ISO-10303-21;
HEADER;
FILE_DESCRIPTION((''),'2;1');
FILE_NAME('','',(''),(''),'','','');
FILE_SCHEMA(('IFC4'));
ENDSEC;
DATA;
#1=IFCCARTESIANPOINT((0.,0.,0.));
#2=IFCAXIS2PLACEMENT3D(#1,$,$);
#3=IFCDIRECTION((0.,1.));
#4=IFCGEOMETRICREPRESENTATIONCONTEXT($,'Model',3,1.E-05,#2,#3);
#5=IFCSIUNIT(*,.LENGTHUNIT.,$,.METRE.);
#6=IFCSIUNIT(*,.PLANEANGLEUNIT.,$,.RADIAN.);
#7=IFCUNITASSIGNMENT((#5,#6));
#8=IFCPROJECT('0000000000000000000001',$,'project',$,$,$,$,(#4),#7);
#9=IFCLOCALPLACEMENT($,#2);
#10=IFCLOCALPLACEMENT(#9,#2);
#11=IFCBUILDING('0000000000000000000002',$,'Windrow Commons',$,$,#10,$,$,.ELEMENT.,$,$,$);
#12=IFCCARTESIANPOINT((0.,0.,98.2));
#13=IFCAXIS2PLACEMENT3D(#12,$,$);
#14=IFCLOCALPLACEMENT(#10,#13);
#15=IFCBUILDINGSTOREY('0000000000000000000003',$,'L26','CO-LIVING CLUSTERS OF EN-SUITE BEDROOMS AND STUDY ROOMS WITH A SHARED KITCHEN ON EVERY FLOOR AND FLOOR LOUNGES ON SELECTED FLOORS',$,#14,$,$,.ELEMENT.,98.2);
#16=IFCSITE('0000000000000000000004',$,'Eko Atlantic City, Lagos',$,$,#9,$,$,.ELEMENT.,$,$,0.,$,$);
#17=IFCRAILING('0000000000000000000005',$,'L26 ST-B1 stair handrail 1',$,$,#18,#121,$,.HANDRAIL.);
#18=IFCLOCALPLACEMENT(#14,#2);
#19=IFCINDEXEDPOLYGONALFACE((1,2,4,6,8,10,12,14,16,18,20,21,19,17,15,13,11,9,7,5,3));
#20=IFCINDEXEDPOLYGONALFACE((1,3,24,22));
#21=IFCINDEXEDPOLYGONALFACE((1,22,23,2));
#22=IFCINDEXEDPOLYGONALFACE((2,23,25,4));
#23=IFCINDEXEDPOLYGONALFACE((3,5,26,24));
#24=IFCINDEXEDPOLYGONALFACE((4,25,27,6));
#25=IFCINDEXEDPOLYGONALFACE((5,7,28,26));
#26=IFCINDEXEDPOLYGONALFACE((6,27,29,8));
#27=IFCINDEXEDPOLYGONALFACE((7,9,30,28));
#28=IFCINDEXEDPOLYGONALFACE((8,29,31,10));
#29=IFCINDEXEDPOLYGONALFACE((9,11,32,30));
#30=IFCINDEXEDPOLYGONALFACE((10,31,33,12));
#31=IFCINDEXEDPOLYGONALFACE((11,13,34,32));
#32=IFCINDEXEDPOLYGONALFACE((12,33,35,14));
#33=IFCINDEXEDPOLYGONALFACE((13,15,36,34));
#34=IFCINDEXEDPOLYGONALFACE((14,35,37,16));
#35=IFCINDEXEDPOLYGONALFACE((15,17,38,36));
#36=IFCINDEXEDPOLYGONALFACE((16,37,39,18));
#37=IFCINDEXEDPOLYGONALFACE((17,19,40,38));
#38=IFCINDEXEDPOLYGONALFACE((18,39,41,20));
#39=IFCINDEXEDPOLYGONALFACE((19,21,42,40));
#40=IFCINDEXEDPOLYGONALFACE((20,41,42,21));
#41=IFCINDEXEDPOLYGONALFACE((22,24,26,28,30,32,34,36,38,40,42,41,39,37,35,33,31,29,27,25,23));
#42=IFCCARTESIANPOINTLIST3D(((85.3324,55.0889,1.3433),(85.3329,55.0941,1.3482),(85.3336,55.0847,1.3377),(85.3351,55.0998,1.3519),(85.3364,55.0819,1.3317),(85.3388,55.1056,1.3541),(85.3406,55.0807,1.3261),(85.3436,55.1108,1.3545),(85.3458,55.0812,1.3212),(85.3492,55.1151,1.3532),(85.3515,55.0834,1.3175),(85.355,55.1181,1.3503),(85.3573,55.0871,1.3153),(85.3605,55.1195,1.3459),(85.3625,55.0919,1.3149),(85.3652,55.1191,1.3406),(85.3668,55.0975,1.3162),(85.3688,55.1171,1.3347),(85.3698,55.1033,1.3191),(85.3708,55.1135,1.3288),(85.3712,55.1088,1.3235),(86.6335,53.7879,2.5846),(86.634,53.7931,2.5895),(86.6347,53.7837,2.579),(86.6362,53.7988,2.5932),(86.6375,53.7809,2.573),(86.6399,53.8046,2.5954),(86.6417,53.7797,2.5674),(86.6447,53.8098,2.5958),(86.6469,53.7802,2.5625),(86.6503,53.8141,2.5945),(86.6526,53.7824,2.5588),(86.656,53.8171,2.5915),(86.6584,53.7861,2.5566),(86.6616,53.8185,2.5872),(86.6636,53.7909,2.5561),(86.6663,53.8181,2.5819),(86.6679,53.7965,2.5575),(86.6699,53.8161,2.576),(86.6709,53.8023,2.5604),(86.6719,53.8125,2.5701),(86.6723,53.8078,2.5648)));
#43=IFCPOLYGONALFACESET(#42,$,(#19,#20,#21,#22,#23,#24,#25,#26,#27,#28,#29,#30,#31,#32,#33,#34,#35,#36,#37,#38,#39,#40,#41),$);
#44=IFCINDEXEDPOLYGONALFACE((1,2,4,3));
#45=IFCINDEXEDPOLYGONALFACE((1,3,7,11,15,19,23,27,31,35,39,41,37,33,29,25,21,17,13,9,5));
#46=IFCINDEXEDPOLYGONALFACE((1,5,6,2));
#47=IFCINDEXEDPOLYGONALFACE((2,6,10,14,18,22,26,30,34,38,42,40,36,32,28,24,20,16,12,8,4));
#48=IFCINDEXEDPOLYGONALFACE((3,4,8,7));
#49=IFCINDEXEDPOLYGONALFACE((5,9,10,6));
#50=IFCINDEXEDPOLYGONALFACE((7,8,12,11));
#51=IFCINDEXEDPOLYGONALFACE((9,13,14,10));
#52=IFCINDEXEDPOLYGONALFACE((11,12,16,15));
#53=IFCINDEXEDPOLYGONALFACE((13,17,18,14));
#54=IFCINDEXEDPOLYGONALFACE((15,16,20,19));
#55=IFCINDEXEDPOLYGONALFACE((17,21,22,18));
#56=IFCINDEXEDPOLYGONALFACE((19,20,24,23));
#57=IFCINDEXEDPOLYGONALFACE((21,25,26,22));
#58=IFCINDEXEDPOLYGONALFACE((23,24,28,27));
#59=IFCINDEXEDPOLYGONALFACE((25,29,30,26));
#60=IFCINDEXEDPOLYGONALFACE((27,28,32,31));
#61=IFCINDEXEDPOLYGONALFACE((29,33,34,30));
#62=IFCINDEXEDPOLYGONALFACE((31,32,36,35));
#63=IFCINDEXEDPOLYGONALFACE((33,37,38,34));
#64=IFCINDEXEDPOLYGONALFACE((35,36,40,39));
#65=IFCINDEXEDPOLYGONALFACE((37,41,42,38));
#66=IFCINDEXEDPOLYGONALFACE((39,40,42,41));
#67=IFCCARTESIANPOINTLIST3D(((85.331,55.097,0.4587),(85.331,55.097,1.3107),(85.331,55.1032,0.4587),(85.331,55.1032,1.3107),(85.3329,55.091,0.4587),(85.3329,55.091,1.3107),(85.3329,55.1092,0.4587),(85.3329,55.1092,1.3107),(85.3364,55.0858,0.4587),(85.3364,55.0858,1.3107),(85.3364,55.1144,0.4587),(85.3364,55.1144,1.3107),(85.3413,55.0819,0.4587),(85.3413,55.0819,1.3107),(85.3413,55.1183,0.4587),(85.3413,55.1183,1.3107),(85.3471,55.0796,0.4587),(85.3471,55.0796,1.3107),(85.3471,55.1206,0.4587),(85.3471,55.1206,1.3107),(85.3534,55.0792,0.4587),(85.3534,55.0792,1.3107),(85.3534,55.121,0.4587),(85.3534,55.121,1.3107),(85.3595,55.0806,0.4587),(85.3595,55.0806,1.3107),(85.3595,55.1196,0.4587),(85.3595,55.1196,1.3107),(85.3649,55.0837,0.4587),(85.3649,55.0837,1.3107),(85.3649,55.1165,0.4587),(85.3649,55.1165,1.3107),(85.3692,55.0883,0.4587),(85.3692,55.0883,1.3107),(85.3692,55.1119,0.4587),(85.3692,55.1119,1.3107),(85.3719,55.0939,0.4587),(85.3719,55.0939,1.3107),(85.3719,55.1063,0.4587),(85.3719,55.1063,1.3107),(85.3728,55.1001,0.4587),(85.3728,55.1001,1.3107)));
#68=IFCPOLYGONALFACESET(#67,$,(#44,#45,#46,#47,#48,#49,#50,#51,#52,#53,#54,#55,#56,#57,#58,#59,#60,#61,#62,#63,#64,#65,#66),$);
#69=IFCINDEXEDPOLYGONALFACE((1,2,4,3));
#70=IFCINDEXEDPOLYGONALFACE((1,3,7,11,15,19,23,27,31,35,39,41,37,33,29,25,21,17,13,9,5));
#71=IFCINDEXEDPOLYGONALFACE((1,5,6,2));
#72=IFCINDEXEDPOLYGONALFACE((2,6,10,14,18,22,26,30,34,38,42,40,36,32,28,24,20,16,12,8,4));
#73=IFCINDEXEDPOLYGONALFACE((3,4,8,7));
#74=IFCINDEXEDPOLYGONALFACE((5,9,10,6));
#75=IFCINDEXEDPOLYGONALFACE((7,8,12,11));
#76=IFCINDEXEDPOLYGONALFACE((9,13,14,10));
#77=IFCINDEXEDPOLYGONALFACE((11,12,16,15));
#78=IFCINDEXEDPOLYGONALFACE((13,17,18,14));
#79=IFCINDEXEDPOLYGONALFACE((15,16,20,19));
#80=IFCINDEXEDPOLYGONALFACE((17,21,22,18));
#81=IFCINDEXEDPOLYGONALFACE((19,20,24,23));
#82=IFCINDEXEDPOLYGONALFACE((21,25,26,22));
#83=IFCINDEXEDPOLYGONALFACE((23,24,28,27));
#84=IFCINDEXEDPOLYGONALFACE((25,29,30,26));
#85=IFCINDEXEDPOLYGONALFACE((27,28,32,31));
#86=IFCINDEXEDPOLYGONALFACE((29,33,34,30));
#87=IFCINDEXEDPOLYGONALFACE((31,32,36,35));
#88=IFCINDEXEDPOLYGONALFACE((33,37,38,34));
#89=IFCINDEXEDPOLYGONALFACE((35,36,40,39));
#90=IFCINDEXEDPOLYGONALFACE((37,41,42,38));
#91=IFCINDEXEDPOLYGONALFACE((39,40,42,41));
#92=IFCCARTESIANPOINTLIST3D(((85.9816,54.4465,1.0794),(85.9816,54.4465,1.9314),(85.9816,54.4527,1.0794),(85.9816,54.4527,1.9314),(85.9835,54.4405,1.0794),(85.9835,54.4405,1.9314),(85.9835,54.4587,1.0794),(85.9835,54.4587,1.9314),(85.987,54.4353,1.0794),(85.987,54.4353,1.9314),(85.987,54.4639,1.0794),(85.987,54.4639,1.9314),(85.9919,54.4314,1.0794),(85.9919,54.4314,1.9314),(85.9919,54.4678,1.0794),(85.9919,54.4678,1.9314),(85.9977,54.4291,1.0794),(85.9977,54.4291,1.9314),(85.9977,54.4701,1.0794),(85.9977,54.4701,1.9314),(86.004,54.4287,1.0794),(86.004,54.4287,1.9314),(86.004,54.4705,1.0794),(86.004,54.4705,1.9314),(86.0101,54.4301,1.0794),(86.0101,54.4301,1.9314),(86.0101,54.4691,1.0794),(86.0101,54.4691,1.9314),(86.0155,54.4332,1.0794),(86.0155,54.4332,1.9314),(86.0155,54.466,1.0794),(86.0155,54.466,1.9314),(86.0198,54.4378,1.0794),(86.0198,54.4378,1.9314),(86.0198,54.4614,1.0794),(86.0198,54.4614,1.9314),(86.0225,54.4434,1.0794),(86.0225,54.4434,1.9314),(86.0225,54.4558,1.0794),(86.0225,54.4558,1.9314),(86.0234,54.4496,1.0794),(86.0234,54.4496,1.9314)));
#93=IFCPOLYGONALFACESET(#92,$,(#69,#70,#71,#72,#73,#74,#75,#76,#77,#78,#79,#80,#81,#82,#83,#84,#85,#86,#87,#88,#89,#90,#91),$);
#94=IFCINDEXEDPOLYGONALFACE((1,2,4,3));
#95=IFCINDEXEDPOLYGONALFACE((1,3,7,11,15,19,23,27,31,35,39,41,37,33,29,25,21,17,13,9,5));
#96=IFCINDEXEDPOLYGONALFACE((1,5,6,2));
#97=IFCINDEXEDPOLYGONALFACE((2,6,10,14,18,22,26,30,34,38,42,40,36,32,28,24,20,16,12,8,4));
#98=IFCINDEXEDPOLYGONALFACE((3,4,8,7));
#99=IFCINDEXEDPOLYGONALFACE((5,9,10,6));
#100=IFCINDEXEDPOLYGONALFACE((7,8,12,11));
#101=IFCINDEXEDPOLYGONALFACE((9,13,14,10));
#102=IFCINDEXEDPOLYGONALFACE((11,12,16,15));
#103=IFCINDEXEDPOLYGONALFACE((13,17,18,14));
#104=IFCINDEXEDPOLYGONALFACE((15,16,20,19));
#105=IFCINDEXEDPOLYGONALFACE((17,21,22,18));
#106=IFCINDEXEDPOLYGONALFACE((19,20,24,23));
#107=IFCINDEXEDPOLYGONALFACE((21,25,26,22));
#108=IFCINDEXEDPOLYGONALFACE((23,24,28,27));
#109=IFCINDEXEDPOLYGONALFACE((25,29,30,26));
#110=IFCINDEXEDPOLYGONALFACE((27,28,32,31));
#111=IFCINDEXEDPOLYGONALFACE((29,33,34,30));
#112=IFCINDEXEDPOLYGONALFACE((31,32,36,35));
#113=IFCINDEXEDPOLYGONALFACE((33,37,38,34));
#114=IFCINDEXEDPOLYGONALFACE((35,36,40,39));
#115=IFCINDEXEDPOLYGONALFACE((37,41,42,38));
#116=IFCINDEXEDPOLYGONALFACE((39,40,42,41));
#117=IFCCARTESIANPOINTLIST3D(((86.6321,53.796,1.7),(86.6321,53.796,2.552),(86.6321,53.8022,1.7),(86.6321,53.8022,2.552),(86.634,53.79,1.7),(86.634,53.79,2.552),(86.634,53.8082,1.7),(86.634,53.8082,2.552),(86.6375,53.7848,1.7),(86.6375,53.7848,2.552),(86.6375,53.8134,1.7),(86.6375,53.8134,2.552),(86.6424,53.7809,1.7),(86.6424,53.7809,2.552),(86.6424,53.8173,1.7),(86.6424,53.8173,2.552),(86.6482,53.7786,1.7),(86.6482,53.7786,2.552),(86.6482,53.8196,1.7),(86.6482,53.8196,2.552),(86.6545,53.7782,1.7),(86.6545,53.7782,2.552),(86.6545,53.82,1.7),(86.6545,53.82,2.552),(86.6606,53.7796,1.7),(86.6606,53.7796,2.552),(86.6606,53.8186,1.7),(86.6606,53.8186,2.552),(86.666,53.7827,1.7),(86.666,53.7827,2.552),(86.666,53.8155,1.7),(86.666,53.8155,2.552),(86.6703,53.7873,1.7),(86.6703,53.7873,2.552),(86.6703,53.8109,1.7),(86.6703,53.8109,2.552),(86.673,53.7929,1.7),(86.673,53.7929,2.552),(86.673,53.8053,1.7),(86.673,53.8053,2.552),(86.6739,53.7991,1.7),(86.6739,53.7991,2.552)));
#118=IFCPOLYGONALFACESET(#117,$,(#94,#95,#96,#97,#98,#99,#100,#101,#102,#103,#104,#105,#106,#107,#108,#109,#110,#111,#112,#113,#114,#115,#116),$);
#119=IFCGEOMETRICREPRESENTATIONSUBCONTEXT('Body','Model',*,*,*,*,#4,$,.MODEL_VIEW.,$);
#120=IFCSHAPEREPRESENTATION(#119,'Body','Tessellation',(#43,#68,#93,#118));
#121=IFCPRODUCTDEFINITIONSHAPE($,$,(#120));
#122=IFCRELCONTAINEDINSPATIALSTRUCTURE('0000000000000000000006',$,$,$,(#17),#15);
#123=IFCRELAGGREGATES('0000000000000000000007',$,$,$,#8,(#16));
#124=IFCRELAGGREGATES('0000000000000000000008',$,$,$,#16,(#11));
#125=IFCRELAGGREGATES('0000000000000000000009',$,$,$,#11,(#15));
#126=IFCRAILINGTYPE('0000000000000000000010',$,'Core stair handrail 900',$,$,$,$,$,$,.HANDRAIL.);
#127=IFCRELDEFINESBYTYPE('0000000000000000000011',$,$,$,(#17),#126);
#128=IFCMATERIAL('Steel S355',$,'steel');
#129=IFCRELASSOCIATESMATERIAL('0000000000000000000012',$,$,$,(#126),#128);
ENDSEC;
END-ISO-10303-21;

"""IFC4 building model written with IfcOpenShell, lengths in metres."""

from ifc_helpers import new_model, si_unit, direction, frame, origin, origin_2d, place, context, subcontext, project, spatial, circle, extrude, material, type_object, element, save


model = new_model("IFC4")

# Units and contexts
model_context = context("Model", 3, precision=1e-05, world=origin(), true_north=direction((0.0, 1.0)))
body_context = subcontext(model_context, "Body", "Model", "MODEL_VIEW")
ifc_project = project(units=[si_unit("LENGTHUNIT", "METRE"), si_unit("PLANEANGLEUNIT", "RADIAN")], contexts=[model_context])

# Site, building, storey
site_placement = place(None, origin())
site = spatial("IfcSite", under=ifc_project, at=site_placement, Name="Eko Atlantic City, Lagos", CompositionType="ELEMENT", RefElevation=0.0)
building_placement = place(site_placement, origin())
building = spatial("IfcBuilding", under=site, at=building_placement, Name="Windrow Commons", CompositionType="ELEMENT")
storey_placement = place(building_placement, frame((0.0, 0.0, 98.2)))
storey = spatial("IfcBuildingStorey", under=building, at=storey_placement, Name="L26", Description="CO-LIVING CLUSTERS OF EN-SUITE BEDROOMS AND STUDY ROOMS WITH A SHARED KITCHEN ON EVERY FLOOR AND FLOOR LOUNGES ON SELECTED FLOORS", CompositionType="ELEMENT", Elevation=98.2)

# Railing
ifc_material_1 = material(Name="Steel S355", Category="steel")
railing_type_1 = type_object("IfcRailingType", Name="Core stair handrail 900", PredefinedType="HANDRAIL", material=ifc_material_1)
railing_1_placement = place(storey_placement, frame((85.3518, 55.1001, 0.4587)))
element("IfcRailing", 1, at=railing_1_placement, inside=storey, type_object=railing_type_1, Name="L26 ST-B1 stair handrail 1", PredefinedType="HANDRAIL", context=body_context, shape_type="SweptSolid", body=[
    extrude(circle(Radius=0.024, at=origin_2d()), frame((0.0, 0.0, 0.876), z_axis=(0.586207, -0.586162, 0.559264), x_axis=(0.70708, 0.707134, 0.0)), (0.0, 0.0, 1.0), 2.2195),
    extrude(circle(Radius=0.021, at=origin_2d()), origin(), (0.0, 0.0, 1.0), 0.852),
    extrude(circle(Radius=0.021, at=origin_2d()), frame((0.6506, -0.6505, 0.6207)), (0.0, 0.0, 1.0), 0.852),
    extrude(circle(Radius=0.021, at=origin_2d()), frame((1.3011, -1.301, 1.2413)), (0.0, 0.0, 1.0), 0.852),
])

save(model, "model.ifc")
